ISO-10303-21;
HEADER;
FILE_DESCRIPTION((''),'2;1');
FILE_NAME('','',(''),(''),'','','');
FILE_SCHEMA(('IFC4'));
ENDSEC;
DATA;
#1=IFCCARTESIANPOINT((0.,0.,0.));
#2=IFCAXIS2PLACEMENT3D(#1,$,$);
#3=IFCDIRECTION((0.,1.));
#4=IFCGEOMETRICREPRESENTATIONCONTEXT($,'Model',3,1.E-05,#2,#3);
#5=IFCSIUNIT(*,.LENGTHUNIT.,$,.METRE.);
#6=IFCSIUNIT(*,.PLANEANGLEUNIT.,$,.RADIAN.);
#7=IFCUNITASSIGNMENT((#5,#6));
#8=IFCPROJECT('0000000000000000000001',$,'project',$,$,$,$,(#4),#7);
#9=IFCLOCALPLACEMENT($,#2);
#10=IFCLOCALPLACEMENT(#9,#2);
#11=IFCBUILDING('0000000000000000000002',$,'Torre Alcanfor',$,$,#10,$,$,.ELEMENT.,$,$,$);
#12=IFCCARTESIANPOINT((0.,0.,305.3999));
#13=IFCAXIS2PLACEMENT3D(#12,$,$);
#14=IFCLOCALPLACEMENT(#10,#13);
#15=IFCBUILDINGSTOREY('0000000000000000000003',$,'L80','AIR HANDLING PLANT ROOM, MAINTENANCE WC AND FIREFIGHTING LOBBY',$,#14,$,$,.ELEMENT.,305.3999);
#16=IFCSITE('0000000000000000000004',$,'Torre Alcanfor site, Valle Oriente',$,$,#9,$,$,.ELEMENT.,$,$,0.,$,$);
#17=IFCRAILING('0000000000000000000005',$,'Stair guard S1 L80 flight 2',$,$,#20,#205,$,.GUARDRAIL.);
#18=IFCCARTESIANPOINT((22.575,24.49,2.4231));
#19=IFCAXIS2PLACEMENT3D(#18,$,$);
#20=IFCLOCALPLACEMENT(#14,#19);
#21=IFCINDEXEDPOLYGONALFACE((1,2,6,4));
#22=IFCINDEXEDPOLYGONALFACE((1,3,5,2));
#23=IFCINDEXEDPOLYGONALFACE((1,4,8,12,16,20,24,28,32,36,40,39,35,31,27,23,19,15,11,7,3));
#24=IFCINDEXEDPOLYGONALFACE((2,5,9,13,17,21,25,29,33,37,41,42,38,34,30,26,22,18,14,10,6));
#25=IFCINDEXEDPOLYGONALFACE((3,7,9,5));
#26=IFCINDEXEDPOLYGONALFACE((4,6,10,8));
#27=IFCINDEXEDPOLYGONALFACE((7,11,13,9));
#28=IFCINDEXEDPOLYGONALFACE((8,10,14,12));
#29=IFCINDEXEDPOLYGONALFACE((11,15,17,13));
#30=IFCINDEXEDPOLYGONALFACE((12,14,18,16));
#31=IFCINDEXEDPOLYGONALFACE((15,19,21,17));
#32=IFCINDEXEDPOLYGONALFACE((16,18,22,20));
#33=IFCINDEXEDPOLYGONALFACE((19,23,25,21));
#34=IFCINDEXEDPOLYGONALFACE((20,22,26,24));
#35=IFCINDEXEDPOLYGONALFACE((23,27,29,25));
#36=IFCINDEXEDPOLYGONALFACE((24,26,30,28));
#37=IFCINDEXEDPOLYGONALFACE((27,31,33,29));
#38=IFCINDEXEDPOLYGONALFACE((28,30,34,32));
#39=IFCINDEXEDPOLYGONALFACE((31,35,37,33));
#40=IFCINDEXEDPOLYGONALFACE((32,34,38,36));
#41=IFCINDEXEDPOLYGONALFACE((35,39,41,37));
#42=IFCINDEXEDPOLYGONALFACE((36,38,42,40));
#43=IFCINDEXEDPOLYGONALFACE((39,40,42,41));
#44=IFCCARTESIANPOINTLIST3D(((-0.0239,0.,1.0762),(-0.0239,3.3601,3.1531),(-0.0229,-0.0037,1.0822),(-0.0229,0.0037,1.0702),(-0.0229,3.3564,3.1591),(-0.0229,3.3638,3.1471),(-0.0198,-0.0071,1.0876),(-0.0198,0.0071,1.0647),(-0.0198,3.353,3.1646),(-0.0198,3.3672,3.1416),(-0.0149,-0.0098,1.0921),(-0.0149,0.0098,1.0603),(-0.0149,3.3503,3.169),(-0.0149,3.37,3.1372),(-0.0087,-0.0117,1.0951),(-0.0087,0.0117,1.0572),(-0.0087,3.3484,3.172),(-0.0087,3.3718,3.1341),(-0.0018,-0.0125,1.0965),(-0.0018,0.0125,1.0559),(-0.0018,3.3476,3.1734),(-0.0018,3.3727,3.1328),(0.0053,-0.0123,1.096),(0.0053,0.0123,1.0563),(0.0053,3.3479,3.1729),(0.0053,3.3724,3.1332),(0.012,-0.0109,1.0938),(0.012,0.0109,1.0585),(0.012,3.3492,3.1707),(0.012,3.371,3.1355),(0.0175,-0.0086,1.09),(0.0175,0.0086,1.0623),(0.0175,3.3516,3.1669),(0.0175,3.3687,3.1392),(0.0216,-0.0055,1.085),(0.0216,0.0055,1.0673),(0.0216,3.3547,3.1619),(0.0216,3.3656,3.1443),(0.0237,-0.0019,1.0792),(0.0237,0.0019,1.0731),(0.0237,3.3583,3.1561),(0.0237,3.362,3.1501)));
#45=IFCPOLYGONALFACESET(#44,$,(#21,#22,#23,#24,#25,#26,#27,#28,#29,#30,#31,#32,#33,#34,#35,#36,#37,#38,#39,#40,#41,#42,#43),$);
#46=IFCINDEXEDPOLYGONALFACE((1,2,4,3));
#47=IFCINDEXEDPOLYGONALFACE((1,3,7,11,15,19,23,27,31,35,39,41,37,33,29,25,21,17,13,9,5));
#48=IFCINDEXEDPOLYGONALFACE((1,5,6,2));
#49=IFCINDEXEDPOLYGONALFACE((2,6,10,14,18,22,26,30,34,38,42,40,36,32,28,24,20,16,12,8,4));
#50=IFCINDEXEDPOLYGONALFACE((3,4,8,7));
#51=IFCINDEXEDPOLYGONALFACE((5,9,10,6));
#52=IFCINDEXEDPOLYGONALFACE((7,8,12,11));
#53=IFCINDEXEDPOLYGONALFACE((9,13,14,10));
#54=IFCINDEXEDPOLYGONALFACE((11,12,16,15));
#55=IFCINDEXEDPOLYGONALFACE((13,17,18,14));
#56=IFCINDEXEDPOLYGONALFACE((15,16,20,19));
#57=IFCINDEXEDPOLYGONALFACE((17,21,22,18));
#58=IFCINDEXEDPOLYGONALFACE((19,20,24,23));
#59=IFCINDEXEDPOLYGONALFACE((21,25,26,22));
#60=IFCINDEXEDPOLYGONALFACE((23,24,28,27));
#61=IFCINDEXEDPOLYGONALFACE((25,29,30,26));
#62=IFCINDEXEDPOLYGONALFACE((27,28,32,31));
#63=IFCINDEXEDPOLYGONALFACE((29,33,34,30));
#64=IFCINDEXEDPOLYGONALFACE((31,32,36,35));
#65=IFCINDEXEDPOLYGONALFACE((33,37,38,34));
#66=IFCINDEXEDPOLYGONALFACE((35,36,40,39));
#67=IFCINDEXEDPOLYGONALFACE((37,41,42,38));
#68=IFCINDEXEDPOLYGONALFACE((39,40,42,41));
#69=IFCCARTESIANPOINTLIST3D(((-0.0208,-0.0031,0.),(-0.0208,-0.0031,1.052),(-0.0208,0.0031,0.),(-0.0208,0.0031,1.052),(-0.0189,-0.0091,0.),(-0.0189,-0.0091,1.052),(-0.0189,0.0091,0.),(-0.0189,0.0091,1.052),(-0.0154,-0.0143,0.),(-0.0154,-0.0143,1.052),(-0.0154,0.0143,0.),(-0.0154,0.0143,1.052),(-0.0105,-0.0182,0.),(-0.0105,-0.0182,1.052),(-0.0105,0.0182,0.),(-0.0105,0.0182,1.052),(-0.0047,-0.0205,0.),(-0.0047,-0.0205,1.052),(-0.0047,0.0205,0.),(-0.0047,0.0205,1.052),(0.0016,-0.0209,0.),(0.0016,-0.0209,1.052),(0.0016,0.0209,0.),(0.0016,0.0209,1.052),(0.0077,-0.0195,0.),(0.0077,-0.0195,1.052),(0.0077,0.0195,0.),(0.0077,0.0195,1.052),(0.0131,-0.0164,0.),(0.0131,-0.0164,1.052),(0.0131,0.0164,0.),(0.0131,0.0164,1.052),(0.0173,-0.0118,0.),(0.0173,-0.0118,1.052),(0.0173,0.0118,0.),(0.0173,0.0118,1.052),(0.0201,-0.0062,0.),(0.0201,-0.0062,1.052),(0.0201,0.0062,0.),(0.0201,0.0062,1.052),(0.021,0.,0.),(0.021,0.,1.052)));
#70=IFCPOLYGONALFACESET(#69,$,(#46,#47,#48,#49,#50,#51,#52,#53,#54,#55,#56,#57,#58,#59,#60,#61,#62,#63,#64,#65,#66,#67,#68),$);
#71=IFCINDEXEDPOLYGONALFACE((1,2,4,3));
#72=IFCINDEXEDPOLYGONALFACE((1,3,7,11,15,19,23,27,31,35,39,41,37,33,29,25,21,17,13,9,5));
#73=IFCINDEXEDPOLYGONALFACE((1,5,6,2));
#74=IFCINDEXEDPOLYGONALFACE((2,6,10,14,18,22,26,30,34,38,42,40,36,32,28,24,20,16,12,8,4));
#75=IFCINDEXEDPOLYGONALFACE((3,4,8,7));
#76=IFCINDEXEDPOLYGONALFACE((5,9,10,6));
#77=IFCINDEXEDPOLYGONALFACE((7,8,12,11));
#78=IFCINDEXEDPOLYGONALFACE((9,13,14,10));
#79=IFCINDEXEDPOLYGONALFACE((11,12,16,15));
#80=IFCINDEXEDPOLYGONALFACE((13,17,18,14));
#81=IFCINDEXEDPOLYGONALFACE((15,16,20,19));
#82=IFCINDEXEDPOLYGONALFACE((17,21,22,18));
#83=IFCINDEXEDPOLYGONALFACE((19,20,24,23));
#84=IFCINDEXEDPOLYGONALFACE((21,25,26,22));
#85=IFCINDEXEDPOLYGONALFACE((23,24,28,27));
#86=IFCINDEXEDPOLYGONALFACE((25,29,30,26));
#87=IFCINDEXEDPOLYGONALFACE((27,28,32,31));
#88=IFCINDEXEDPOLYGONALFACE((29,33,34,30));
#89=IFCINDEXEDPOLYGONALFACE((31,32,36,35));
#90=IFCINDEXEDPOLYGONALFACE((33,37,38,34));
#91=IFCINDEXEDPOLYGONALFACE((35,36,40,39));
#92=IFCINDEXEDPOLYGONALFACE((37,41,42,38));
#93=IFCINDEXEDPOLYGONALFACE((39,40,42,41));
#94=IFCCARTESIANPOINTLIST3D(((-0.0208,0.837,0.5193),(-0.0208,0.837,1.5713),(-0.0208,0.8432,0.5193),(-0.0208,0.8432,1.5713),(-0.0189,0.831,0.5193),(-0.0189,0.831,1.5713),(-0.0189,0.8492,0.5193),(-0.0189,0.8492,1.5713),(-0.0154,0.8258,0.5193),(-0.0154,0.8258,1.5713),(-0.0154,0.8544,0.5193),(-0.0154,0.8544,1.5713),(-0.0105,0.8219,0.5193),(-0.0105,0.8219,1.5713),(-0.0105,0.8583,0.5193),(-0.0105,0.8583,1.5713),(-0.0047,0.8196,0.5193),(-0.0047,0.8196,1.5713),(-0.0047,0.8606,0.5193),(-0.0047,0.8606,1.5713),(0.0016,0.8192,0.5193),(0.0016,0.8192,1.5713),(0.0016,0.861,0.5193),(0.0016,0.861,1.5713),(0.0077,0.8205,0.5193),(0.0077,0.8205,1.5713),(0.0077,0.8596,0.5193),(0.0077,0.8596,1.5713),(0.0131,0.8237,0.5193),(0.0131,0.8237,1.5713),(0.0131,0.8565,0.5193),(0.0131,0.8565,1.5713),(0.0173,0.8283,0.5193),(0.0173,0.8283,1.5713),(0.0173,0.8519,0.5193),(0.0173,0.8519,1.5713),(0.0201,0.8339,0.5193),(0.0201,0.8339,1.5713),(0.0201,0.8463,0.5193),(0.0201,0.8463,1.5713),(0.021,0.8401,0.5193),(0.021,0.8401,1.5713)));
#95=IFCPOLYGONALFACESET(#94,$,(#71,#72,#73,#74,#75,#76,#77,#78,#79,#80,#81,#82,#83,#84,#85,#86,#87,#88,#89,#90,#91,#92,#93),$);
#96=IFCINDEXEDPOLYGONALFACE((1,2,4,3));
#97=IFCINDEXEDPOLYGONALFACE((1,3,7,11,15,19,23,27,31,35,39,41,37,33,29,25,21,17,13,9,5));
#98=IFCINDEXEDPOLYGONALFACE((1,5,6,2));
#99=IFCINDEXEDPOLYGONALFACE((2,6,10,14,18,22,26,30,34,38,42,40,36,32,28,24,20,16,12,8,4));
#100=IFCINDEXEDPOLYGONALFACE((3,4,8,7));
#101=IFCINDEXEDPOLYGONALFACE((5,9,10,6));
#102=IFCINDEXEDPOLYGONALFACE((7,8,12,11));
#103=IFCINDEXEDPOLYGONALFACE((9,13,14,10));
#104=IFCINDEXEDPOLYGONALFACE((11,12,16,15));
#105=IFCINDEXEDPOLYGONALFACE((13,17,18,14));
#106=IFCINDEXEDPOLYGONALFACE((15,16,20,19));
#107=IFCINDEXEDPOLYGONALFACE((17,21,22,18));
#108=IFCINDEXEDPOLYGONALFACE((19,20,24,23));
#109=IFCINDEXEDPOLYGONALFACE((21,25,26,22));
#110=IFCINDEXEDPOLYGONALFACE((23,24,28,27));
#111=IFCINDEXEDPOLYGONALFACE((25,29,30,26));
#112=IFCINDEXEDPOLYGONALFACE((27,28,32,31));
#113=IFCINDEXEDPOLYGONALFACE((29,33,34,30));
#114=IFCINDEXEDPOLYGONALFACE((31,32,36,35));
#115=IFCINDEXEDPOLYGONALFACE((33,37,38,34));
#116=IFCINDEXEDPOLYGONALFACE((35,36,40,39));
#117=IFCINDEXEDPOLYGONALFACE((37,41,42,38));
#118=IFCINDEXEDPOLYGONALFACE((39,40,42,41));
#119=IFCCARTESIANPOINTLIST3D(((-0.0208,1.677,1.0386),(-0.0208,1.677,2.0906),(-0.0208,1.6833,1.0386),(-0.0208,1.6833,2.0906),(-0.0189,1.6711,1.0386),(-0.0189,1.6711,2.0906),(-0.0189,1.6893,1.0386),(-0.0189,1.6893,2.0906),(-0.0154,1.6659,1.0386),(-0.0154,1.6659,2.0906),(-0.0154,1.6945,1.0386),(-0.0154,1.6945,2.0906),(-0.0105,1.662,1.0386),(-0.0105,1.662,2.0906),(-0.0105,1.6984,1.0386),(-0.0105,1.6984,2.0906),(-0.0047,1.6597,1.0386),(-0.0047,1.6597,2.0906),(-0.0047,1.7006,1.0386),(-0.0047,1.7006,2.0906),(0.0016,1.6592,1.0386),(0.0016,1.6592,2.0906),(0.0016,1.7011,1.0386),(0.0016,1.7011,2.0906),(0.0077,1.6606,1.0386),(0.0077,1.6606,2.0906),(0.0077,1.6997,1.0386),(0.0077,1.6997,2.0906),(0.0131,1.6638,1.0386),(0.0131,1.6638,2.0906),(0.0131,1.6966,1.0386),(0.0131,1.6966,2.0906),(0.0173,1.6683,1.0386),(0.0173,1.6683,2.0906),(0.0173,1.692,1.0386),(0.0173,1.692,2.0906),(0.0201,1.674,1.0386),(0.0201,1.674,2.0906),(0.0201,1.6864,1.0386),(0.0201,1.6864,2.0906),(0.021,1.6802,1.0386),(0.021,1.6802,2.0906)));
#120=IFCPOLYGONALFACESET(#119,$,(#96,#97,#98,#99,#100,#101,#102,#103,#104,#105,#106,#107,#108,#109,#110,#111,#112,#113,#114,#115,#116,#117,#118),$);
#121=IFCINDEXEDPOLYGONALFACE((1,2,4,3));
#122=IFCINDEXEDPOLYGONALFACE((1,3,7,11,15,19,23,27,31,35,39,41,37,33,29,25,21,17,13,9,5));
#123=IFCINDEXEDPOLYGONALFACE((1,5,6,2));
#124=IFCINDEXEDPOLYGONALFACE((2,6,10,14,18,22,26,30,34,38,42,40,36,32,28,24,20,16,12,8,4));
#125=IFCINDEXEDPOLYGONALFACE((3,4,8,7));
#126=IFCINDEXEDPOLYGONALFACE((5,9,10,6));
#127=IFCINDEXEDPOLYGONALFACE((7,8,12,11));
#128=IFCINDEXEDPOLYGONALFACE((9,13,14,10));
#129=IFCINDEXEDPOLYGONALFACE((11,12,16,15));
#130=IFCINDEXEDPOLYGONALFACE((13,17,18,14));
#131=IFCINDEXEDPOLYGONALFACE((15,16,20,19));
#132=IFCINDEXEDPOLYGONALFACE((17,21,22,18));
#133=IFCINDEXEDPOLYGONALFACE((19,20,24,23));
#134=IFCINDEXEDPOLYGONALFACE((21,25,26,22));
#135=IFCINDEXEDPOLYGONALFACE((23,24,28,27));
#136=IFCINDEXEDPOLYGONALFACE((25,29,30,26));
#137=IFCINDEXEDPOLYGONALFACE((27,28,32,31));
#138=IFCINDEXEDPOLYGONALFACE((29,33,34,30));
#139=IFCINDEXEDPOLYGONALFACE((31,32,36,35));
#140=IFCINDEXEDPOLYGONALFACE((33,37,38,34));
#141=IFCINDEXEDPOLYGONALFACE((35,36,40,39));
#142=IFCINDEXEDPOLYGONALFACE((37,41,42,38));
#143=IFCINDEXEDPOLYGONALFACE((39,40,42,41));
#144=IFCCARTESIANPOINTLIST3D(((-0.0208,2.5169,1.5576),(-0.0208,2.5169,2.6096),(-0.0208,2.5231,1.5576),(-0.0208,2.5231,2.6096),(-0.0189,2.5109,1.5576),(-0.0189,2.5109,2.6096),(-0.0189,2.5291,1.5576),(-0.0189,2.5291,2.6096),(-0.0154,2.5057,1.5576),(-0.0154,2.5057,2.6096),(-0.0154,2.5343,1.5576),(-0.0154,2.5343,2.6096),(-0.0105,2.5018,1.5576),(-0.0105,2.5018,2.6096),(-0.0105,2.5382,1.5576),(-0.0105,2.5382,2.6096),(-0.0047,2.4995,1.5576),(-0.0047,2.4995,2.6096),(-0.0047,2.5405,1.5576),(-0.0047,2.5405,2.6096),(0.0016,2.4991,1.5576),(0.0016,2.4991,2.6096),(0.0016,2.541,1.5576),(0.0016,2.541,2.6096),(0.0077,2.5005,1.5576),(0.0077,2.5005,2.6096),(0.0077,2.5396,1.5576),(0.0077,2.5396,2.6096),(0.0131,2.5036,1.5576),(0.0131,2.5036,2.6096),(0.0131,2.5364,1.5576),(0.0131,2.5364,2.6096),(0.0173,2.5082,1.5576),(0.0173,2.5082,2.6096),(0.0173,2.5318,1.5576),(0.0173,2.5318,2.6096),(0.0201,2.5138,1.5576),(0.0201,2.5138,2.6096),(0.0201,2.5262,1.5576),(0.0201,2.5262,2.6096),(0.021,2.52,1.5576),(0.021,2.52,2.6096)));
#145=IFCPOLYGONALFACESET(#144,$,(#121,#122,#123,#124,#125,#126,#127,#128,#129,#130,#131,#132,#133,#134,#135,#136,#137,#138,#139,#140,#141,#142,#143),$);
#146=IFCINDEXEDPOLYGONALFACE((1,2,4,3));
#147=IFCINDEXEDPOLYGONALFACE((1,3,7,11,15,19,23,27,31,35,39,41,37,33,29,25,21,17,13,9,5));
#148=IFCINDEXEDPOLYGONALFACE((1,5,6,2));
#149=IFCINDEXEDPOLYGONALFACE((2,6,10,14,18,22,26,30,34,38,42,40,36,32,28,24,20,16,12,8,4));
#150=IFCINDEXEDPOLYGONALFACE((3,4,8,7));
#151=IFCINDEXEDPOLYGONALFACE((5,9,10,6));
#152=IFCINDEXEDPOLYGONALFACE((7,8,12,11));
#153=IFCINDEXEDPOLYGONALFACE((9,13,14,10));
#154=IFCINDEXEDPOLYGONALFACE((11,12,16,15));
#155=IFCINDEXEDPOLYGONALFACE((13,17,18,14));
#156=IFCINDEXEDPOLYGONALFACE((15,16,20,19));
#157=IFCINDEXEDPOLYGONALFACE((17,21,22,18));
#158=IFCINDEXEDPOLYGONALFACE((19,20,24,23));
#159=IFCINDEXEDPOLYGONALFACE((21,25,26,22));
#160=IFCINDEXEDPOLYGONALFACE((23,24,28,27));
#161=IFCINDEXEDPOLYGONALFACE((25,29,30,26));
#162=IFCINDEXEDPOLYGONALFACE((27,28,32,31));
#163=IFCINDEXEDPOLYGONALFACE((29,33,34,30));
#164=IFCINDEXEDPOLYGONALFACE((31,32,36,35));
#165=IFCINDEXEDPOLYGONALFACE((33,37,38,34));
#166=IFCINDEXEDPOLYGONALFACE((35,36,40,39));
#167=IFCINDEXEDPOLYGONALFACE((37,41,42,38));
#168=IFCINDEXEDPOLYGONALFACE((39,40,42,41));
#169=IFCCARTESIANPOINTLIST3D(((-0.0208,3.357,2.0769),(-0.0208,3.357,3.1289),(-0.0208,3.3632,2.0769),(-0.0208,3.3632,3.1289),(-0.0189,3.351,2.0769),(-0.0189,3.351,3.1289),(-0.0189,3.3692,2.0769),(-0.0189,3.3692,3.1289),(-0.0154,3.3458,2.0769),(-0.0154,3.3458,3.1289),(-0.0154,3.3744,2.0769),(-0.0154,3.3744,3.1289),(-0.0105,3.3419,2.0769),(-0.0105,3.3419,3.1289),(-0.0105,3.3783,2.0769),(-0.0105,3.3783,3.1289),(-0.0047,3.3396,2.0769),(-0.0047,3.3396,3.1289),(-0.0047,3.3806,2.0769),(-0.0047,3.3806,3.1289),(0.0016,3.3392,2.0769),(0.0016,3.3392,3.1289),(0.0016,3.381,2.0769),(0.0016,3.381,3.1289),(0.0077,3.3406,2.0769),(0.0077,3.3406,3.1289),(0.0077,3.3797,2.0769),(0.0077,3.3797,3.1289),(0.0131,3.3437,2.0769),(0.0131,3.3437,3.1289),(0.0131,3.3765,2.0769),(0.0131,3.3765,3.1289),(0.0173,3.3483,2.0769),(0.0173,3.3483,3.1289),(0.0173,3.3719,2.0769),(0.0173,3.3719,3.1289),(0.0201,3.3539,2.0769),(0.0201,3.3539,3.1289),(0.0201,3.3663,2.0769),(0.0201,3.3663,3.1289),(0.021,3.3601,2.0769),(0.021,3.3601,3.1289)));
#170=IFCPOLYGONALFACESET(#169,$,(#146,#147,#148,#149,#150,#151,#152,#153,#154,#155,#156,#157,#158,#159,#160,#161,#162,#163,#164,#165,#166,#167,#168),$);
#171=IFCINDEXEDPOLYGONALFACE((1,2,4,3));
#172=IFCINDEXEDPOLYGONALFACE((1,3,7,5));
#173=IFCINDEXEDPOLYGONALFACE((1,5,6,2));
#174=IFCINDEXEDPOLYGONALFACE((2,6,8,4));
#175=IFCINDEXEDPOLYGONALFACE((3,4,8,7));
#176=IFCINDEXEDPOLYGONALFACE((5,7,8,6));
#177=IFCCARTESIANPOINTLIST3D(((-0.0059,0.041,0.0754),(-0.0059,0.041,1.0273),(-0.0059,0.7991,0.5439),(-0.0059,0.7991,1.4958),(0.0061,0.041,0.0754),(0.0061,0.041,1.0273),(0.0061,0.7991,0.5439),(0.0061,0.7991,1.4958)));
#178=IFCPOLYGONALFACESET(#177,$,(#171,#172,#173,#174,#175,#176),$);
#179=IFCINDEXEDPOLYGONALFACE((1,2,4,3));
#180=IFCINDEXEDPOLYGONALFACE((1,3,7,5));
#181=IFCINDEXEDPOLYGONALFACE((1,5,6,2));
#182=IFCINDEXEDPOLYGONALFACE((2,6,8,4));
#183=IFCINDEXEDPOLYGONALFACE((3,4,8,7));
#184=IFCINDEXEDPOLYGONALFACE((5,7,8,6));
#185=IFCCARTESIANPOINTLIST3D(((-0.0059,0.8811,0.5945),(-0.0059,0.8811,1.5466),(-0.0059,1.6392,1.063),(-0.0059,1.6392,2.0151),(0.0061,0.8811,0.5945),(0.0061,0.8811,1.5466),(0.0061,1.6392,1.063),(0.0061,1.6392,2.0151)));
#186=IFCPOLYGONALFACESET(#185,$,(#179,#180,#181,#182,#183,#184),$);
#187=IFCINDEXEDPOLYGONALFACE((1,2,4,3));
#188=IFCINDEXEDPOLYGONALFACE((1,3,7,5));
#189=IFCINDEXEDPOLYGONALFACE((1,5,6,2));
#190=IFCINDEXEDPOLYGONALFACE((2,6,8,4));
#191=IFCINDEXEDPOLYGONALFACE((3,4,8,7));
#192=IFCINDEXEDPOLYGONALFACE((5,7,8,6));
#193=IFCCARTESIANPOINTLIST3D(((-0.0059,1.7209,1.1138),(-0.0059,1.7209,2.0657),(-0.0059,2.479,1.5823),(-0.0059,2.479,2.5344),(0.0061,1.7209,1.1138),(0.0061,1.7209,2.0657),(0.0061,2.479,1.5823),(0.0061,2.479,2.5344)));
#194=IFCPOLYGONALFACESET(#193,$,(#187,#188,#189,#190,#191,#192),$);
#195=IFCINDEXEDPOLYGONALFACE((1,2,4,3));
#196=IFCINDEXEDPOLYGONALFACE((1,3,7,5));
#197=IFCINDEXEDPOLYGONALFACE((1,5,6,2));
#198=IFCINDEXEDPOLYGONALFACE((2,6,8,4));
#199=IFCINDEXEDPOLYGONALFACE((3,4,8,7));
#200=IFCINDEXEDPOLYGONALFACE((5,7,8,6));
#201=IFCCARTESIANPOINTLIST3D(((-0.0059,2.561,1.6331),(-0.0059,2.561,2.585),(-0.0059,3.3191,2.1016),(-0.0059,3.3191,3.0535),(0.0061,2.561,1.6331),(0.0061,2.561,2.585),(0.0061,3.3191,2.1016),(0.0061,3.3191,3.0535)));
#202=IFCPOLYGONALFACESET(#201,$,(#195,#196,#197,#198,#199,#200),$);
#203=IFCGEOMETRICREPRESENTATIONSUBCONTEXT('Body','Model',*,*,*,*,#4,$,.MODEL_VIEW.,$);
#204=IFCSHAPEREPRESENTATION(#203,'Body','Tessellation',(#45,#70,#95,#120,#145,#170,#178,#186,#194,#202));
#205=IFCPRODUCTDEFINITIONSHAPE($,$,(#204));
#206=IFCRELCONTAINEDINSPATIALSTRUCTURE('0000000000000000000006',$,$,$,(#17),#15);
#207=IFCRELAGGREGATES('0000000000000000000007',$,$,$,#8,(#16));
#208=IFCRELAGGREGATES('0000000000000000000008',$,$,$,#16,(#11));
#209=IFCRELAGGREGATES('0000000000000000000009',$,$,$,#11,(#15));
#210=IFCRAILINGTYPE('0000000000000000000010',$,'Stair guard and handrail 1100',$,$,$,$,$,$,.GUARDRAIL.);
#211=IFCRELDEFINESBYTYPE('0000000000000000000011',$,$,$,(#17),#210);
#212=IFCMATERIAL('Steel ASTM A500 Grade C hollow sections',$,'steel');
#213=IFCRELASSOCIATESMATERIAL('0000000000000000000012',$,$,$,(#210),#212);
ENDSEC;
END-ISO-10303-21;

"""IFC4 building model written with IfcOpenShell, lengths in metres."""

from ifc_helpers import new_model, si_unit, direction, frame, origin, origin_2d, place, context, subcontext, project, spatial, polyline, circle, outline, extrude, material, type_object, element, save


model = new_model("IFC4")

# Units and contexts
model_context = context("Model", 3, precision=1e-05, world=origin(), true_north=direction((0.0, 1.0)))
body_context = subcontext(model_context, "Body", "Model", "MODEL_VIEW")
ifc_project = project(units=[si_unit("LENGTHUNIT", "METRE"), si_unit("PLANEANGLEUNIT", "RADIAN")], contexts=[model_context])

# Site, building, storey
site_placement = place(None, origin())
site = spatial("IfcSite", under=ifc_project, at=site_placement, Name="Torre Alcanfor site, Valle Oriente", CompositionType="ELEMENT", RefElevation=0.0)
building_placement = place(site_placement, origin())
building = spatial("IfcBuilding", under=site, at=building_placement, Name="Torre Alcanfor", CompositionType="ELEMENT")
storey_placement = place(building_placement, frame((0.0, 0.0, 305.3999)))
storey = spatial("IfcBuildingStorey", under=building, at=storey_placement, Name="L80", Description="AIR HANDLING PLANT ROOM, MAINTENANCE WC AND FIREFIGHTING LOBBY", CompositionType="ELEMENT", Elevation=305.3999)

# Railing
ifc_material_1 = material(Name="Steel ASTM A500 Grade C hollow sections", Category="steel")
railing_type_1 = type_object("IfcRailingType", Name="Stair guard and handrail 1100", PredefinedType="GUARDRAIL", material=ifc_material_1)
railing_1_placement = place(storey_placement, frame((22.575, 24.49, 2.4231)))
element("IfcRailing", 1, at=railing_1_placement, inside=storey, type_object=railing_type_1, Name="Stair guard S1 L80 flight 2", PredefinedType="GUARDRAIL", context=body_context, shape_type="SweptSolid", body=[
    extrude(circle(Radius=0.0239, at=origin_2d()), frame((0.0, 0.0, 1.0762), z_axis=(0.0, 0.850623, 0.525776), x_axis=(-1.0, 0.0, 0.0)), (0.0, 0.0, 1.0), 3.9502),
    extrude(circle(Radius=0.021, at=origin_2d()), origin(), (0.0, 0.0, 1.0), 1.052),
    extrude(circle(Radius=0.021, at=origin_2d()), frame((0.0, 0.8401, 0.5193)), (0.0, 0.0, 1.0), 1.052),
    extrude(circle(Radius=0.021, at=origin_2d()), frame((0.0, 1.6802, 1.0386)), (0.0, 0.0, 1.0), 1.052),
    extrude(circle(Radius=0.021, at=origin_2d()), frame((0.0, 2.52, 1.5576)), (0.0, 0.0, 1.0), 1.052),
    extrude(circle(Radius=0.021, at=origin_2d()), frame((0.0, 3.3601, 2.0769)), (0.0, 0.0, 1.0), 1.052),
    extrude(outline(polyline([(0.041, 0.0754), (0.7991, 0.5439), (0.7991, 1.4958), (0.041, 1.0273), (0.041, 0.0754)])), frame((-0.0059, 0.0, 0.0), z_axis=(1.0, 0.0, 0.0), x_axis=(0.0, 1.0, 0.0)), (0.0, 0.0, 1.0), 0.012),
    extrude(outline(polyline([(0.8811, 0.5945), (1.6392, 1.063), (1.6392, 2.0151), (0.8811, 1.5466), (0.8811, 0.5945)])), frame((-0.0059, 0.0, 0.0), z_axis=(1.0, 0.0, 0.0), x_axis=(0.0, 1.0, 0.0)), (0.0, 0.0, 1.0), 0.012),
    extrude(outline(polyline([(1.7209, 1.1138), (2.479, 1.5823), (2.479, 2.5344), (1.7209, 2.0657), (1.7209, 1.1138)])), frame((-0.0059, 0.0, 0.0), z_axis=(1.0, 0.0, 0.0), x_axis=(0.0, 1.0, 0.0)), (0.0, 0.0, 1.0), 0.012),
    extrude(outline(polyline([(2.561, 1.6331), (3.3191, 2.1016), (3.3191, 3.0535), (2.561, 2.585), (2.561, 1.6331)])), frame((-0.0059, 0.0, 0.0), z_axis=(1.0, 0.0, 0.0), x_axis=(0.0, 1.0, 0.0)), (0.0, 0.0, 1.0), 0.012),
])

save(model, "model.ifc")
